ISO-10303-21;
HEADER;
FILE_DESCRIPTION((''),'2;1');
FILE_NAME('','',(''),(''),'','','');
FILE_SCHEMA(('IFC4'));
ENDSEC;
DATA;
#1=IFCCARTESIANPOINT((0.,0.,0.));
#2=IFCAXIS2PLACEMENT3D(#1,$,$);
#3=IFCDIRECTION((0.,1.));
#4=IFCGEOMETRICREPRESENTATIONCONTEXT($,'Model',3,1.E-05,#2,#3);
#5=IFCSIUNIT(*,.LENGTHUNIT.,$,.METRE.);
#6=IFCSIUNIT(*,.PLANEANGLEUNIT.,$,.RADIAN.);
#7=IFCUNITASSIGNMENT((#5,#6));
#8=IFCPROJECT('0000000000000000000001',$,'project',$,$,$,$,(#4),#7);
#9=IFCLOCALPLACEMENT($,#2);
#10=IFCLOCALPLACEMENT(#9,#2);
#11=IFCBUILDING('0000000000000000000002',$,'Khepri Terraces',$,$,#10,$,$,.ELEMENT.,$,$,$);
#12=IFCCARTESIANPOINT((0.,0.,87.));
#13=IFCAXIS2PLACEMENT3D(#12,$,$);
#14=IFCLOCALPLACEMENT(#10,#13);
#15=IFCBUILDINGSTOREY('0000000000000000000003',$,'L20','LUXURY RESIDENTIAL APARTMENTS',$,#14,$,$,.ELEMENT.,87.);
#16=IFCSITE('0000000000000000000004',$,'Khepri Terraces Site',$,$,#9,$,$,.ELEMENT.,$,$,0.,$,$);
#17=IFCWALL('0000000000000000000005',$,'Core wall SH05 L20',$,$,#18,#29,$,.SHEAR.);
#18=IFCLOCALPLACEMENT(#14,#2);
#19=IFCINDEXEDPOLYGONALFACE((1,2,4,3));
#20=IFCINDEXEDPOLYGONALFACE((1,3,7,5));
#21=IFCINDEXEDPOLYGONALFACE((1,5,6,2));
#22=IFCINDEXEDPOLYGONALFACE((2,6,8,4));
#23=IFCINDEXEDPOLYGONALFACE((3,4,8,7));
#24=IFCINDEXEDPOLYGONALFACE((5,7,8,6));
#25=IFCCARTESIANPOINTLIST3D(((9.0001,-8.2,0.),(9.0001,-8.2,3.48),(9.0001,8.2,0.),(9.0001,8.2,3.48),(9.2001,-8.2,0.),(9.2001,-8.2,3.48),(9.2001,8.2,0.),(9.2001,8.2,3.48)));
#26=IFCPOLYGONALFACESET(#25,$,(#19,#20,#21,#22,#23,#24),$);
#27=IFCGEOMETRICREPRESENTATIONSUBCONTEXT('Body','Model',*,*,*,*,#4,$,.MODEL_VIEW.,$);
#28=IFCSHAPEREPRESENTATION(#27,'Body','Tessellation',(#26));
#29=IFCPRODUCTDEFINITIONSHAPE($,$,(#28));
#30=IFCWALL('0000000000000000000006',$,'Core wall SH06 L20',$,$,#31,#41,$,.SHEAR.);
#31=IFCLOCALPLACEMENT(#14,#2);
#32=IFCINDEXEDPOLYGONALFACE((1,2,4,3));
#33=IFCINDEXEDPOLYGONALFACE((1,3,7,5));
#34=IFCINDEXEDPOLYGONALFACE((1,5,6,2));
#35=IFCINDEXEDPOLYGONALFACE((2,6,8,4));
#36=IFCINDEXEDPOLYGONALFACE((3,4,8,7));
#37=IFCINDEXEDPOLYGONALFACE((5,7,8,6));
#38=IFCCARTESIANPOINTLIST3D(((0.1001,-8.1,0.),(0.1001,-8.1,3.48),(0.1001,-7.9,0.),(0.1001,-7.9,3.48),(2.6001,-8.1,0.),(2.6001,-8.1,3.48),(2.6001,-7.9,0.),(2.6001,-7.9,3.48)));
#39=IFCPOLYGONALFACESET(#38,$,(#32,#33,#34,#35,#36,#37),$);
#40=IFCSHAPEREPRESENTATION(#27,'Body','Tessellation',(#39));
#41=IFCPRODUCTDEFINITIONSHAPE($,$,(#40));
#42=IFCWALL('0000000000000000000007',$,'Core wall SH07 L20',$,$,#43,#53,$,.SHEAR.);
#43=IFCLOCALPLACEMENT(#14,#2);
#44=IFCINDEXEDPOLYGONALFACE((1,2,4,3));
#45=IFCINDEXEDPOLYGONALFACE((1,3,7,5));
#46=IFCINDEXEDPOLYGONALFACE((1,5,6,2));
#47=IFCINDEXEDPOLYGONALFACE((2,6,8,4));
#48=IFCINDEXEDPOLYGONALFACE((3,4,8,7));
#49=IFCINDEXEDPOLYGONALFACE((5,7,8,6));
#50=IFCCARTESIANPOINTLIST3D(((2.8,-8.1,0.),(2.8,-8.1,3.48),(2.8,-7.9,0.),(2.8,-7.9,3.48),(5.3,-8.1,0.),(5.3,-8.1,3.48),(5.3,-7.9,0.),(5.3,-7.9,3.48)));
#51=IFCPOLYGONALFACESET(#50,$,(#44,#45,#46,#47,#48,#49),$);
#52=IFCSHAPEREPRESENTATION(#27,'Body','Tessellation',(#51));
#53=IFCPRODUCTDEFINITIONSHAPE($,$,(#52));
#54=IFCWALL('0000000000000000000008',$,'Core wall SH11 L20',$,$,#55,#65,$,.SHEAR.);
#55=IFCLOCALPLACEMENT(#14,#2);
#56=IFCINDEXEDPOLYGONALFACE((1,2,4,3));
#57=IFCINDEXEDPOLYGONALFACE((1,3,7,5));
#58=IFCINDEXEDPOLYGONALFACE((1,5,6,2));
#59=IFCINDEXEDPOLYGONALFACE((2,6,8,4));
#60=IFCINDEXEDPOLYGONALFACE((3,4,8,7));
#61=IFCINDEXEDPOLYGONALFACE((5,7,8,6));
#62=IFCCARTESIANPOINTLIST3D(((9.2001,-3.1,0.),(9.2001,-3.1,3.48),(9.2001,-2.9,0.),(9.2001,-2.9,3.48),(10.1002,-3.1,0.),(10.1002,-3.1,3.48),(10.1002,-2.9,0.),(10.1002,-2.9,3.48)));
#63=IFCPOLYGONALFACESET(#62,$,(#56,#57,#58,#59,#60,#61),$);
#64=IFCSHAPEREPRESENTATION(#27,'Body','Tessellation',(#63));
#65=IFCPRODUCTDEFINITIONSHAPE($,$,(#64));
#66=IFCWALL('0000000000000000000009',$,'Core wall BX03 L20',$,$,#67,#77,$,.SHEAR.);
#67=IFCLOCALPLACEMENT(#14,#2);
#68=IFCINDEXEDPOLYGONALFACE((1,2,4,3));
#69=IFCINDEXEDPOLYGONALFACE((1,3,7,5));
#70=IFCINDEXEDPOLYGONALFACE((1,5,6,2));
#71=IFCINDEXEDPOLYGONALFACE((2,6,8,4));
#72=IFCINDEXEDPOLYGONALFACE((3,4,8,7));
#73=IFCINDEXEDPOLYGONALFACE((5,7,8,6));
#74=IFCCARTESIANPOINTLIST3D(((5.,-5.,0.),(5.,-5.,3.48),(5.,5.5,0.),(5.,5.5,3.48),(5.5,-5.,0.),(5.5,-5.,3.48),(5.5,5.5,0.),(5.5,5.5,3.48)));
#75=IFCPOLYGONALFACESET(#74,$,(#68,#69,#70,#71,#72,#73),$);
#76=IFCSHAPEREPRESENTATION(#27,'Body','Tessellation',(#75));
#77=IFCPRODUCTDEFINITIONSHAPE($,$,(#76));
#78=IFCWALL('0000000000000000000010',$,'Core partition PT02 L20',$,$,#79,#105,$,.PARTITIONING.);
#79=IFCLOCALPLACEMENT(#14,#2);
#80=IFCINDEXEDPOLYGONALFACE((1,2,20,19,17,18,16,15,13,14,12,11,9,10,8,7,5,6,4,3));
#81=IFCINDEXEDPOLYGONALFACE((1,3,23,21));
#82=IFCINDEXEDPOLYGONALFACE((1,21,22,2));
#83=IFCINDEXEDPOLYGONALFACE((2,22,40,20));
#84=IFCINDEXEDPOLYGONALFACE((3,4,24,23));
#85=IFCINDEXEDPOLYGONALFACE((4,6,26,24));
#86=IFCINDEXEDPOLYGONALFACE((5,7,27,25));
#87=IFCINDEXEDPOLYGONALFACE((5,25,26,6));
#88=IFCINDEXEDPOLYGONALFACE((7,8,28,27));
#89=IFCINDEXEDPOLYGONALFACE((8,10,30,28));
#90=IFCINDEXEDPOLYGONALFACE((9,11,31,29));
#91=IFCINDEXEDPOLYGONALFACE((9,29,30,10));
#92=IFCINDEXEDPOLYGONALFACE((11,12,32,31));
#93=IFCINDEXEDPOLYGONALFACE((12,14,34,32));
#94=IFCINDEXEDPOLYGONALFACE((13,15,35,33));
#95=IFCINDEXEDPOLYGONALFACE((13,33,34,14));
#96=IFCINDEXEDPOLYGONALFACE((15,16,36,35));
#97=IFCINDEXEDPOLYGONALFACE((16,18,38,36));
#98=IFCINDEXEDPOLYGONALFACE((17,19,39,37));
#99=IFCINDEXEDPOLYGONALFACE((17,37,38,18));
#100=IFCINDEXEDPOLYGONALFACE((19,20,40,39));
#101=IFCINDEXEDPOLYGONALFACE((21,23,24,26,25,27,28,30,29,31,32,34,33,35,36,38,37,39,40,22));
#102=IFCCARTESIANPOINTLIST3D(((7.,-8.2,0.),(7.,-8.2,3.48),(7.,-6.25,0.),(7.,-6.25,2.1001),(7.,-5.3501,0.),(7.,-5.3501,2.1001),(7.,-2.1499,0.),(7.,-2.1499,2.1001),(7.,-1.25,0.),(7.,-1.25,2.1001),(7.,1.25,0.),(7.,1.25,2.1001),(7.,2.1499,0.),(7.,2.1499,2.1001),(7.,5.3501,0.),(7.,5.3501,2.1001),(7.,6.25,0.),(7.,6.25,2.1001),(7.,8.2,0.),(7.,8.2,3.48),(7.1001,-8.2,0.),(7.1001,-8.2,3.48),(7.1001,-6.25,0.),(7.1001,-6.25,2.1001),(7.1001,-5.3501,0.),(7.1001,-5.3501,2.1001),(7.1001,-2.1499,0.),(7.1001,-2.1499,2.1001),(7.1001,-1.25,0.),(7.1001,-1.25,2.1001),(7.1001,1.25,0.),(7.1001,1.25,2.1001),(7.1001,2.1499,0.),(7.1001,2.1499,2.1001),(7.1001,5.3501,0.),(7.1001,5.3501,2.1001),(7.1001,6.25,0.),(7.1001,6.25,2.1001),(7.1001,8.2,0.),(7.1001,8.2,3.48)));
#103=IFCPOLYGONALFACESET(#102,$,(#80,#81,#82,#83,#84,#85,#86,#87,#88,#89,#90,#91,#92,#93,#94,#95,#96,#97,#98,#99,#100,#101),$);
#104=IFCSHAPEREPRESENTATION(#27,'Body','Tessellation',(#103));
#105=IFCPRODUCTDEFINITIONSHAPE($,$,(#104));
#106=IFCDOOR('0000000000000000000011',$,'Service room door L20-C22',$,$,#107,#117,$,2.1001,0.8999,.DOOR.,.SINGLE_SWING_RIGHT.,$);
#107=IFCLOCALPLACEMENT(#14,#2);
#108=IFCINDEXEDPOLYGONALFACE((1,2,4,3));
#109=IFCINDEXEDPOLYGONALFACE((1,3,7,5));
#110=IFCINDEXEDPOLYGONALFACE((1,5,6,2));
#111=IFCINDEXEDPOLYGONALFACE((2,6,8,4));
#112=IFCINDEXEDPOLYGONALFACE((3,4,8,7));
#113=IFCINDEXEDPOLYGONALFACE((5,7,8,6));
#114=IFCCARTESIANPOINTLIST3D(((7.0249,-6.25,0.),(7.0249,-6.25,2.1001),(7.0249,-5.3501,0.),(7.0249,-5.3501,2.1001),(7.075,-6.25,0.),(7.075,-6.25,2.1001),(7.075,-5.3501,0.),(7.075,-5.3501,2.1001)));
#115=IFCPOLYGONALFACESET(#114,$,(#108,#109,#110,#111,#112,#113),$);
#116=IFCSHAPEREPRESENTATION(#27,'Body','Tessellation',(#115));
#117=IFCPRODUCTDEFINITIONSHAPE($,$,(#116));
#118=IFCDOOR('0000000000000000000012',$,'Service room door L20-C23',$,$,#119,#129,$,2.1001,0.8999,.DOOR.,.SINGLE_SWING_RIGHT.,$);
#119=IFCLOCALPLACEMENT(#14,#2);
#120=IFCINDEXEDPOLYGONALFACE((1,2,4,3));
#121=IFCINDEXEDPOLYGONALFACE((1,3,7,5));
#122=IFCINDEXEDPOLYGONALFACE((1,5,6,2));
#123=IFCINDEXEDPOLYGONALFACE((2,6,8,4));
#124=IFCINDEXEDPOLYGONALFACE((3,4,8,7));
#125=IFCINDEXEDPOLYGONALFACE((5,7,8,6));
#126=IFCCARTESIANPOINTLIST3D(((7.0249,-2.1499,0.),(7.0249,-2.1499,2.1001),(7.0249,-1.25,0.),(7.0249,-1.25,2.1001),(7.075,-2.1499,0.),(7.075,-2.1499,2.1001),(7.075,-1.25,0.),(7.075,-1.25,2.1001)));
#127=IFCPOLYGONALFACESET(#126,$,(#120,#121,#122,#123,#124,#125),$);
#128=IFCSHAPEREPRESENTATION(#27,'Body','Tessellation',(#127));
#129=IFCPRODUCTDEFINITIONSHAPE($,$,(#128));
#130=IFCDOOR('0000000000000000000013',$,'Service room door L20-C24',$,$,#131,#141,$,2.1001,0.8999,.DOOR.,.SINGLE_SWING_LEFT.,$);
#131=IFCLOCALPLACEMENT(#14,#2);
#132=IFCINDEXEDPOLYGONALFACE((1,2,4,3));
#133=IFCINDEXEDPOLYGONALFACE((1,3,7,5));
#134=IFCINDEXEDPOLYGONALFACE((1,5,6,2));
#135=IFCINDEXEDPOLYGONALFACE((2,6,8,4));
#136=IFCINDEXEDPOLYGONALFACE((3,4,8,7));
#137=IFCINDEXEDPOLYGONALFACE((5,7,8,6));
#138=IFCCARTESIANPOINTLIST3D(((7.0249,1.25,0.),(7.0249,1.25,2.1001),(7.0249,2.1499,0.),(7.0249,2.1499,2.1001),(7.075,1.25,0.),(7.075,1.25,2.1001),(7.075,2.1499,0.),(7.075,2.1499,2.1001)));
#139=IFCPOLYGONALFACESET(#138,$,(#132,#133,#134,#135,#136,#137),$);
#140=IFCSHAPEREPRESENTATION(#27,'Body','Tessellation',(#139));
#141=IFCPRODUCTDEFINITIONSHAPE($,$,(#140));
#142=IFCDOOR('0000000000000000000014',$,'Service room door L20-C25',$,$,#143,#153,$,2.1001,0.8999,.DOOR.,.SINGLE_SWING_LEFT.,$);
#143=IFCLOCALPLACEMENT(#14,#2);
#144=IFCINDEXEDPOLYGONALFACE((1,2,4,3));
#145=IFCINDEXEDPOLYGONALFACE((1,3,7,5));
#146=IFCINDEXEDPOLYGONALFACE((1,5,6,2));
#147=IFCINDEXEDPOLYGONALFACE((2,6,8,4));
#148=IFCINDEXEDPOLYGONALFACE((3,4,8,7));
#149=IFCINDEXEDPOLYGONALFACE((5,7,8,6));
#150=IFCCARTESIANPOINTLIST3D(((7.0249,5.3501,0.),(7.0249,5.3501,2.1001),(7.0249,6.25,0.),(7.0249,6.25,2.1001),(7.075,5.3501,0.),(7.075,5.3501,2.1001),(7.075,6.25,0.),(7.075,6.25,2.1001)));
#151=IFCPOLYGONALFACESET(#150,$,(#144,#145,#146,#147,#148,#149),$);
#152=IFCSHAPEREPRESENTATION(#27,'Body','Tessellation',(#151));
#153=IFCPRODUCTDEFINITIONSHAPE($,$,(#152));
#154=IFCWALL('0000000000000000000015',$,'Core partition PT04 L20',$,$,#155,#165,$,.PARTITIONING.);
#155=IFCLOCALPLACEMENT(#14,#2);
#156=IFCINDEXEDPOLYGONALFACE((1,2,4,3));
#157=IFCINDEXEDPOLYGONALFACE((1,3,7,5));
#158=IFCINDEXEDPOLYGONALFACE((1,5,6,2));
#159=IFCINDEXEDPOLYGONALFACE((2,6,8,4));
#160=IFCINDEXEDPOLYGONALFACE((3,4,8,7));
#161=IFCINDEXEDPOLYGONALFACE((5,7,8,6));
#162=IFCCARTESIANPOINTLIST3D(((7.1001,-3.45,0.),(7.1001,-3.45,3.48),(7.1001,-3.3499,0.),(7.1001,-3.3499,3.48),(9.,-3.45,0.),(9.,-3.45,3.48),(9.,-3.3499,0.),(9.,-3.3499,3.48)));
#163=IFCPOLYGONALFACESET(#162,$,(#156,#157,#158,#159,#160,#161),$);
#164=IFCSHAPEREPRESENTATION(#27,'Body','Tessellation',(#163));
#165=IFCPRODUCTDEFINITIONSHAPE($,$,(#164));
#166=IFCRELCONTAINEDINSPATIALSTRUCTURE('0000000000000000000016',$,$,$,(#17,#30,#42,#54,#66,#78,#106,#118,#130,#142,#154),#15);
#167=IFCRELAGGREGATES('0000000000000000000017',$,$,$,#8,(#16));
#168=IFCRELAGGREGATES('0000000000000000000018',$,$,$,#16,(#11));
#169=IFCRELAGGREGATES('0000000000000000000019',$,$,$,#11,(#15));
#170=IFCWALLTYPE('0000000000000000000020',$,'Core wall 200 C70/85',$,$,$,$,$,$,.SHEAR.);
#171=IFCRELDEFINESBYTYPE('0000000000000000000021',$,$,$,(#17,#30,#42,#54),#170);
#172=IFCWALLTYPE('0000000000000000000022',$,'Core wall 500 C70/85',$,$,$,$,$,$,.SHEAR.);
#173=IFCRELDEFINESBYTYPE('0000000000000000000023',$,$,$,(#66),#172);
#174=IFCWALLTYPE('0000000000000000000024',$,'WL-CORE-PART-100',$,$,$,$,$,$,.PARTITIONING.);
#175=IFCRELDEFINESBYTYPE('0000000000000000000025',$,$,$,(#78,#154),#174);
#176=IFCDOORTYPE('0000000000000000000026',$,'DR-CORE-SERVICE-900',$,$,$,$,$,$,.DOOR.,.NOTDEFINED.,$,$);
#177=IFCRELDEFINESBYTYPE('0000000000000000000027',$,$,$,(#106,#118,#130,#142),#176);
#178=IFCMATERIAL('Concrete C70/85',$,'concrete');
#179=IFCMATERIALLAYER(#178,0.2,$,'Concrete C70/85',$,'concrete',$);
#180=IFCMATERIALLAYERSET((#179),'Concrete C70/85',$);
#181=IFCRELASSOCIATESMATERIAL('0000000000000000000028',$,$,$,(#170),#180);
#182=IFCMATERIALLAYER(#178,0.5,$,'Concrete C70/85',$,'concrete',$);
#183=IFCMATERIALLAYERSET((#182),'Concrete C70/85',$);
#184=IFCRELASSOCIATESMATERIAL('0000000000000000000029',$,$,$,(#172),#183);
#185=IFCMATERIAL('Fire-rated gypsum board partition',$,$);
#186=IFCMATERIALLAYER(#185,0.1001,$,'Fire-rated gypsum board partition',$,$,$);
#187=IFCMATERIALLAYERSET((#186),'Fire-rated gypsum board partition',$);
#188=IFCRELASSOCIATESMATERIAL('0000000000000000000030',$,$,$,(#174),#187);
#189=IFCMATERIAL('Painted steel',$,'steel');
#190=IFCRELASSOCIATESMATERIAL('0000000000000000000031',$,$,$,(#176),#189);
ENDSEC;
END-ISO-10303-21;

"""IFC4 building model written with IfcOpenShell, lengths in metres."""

from ifc_helpers import new_model, si_unit, direction, frame, frame_2d, origin, place, context, subcontext, project, spatial, rectangle, extrude, material, layer, layer_set, type_object, element, fill, save


model = new_model("IFC4")

# Units and contexts
model_context = context("Model", 3, precision=1e-05, world=origin(), true_north=direction((0.0, 1.0)))
body_context = subcontext(model_context, "Body", "Model", "MODEL_VIEW")
ifc_project = project(units=[si_unit("LENGTHUNIT", "METRE"), si_unit("PLANEANGLEUNIT", "RADIAN")], contexts=[model_context])

# Site, building, storey
site_placement = place(None, origin())
site = spatial("IfcSite", under=ifc_project, at=site_placement, Name="Khepri Terraces Site", CompositionType="ELEMENT", RefElevation=0.0)
building_placement = place(site_placement, origin())
building = spatial("IfcBuilding", under=site, at=building_placement, Name="Khepri Terraces", CompositionType="ELEMENT")
storey_placement = place(building_placement, frame((0.0, 0.0, 87.0)))
storey = spatial("IfcBuildingStorey", under=building, at=storey_placement, Name="L20", Description="LUXURY RESIDENTIAL APARTMENTS", CompositionType="ELEMENT", Elevation=87.0)

# Shared definitions
ifc_material_1 = material(Name="Concrete C70/85", Category="concrete")

# Shared definitions
ifc_layer_1 = layer(ifc_material_1, 0.2, Name="Concrete C70/85", Category="concrete")
ifc_layer_set_1 = layer_set([ifc_layer_1], Name="Concrete C70/85")
wall_type_1 = type_object("IfcWallType", Name="Core wall 200 C70/85", PredefinedType="SHEAR", material=ifc_layer_set_1)
ifc_material_2 = material(Name="Painted steel", Category="steel")

# Walls
wall_1_placement = place(storey_placement, frame((9.1001, -8.2, 0.0), z_axis=(0.0, 0.0, 1.0), x_axis=(0.0, 1.0, 0.0)))
element("IfcWall", 1, at=wall_1_placement, inside=storey, type_object=wall_type_1, Name="Core wall SH05 L20", PredefinedType="SHEAR", context=body_context, shape_type="SweptSolid", body=[
    extrude(rectangle(XDim=16.3999, YDim=0.2, at=frame_2d((8.2, 0.0))), origin(), (0.0, 0.0, 1.0), 3.48),
])
for number, where, z_axis, x_axis, name in (
    (2, (0.1001, -8.0, 0.0), (0.0, 0.0, 1.0), (1.0, 0.0, 0.0), "Core wall SH06 L20"),
    (3, (2.8, -8.0, 0.0), (0.0, 0.0, 1.0), (1.0, 0.0, 0.0), "Core wall SH07 L20"),
):
    element("IfcWall", number, at=place(storey_placement, frame(where, z_axis=z_axis, x_axis=x_axis)), inside=storey, type_object=wall_type_1, Name=name, PredefinedType="SHEAR", context=body_context, shape_type="SweptSolid", body=[
        extrude(rectangle(XDim=2.5, YDim=0.2, at=frame_2d((1.25, 0.0))), origin(), (0.0, 0.0, 1.0), 3.48),
    ])
wall_2_placement = place(storey_placement, frame((9.2, -3.0, 0.0), z_axis=(0.0, 0.0, 1.0), x_axis=(1.0, 0.0, 0.0)))
element("IfcWall", 4, at=wall_2_placement, inside=storey, type_object=wall_type_1, Name="Core wall SH11 L20", PredefinedType="SHEAR", context=body_context, shape_type="SweptSolid", body=[
    extrude(rectangle(XDim=0.9001, YDim=0.2, at=frame_2d((0.4502, 0.0))), origin(), (0.0, 0.0, 1.0), 3.48),
])
ifc_layer_2 = layer(ifc_material_1, 0.5, Name="Concrete C70/85", Category="concrete")
ifc_layer_set_2 = layer_set([ifc_layer_2], Name="Concrete C70/85")
wall_type_2 = type_object("IfcWallType", Name="Core wall 500 C70/85", PredefinedType="SHEAR", material=ifc_layer_set_2)
wall_3_placement = place(storey_placement, frame((5.25, -5.0, 0.0), z_axis=(0.0, 0.0, 1.0), x_axis=(0.0, 1.0, 0.0)))
element("IfcWall", 5, at=wall_3_placement, inside=storey, type_object=wall_type_2, Name="Core wall BX03 L20", PredefinedType="SHEAR", context=body_context, shape_type="SweptSolid", body=[
    extrude(rectangle(XDim=10.5, YDim=0.5, at=frame_2d((5.25, 0.0))), origin(), (0.0, 0.0, 1.0), 3.48),
])

# Wall, openings, doors
ifc_material_3 = material(Name="Fire-rated gypsum board partition")
ifc_layer_3 = layer(ifc_material_3, 0.1001, Name="Fire-rated gypsum board partition")
ifc_layer_set_3 = layer_set([ifc_layer_3], Name="Fire-rated gypsum board partition")
wall_type_3 = type_object("IfcWallType", Name="WL-CORE-PART-100", PredefinedType="PARTITIONING", material=ifc_layer_set_3)
wall_4_placement = place(storey_placement, frame((7.05, -8.2, 0.0), z_axis=(0.0, 0.0, 1.0), x_axis=(0.0, 1.0, 0.0)))
wall_4 = element("IfcWall", 6, at=wall_4_placement, inside=storey, type_object=wall_type_3, Name="Core partition PT02 L20", PredefinedType="PARTITIONING", context=body_context, shape_type="SweptSolid", body=[
    extrude(rectangle(XDim=16.3999, YDim=0.1001, at=frame_2d((8.2, 0.0))), origin(), (0.0, 0.0, 1.0), 3.48),
])
opening_1_placement = place(wall_4_placement, frame((1.95, 0.0, 0.0)))
opening_1 = element("IfcOpeningElement", 7, at=opening_1_placement, cuts=wall_4, PredefinedType="OPENING", context=body_context, shape_type="SweptSolid", body=[
    extrude(rectangle(XDim=0.8999, YDim=2.1001, at=frame_2d((0.45, 1.05))), frame((0.0, 0.0601, 0.0), z_axis=(0.0, -1.0, 0.0), x_axis=(1.0, 0.0, 0.0)), (0.0, 0.0, 1.0), 0.1201),
])
opening_2_placement = place(wall_4_placement, frame((6.05, 0.0, 0.0)))
opening_2 = element("IfcOpeningElement", 8, at=opening_2_placement, cuts=wall_4, PredefinedType="OPENING", context=body_context, shape_type="SweptSolid", body=[
    extrude(rectangle(XDim=0.8999, YDim=2.1001, at=frame_2d((0.45, 1.05))), frame((0.0, 0.0601, 0.0), z_axis=(0.0, -1.0, 0.0), x_axis=(1.0, 0.0, 0.0)), (0.0, 0.0, 1.0), 0.1201),
])
opening_3_placement = place(wall_4_placement, frame((9.45, 0.0, 0.0)))
opening_3 = element("IfcOpeningElement", 9, at=opening_3_placement, cuts=wall_4, PredefinedType="OPENING", context=body_context, shape_type="SweptSolid", body=[
    extrude(rectangle(XDim=0.8999, YDim=2.1001, at=frame_2d((0.45, 1.05))), frame((0.0, 0.0601, 0.0), z_axis=(0.0, -1.0, 0.0), x_axis=(1.0, 0.0, 0.0)), (0.0, 0.0, 1.0), 0.1201),
])
opening_4_placement = place(wall_4_placement, frame((13.55, 0.0, 0.0)))
opening_4 = element("IfcOpeningElement", 10, at=opening_4_placement, cuts=wall_4, PredefinedType="OPENING", context=body_context, shape_type="SweptSolid", body=[
    extrude(rectangle(XDim=0.8999, YDim=2.1001, at=frame_2d((0.45, 1.05))), frame((0.0, 0.0601, 0.0), z_axis=(0.0, -1.0, 0.0), x_axis=(1.0, 0.0, 0.0)), (0.0, 0.0, 1.0), 0.1201),
])
door_type_1 = type_object("IfcDoorType", Name="DR-CORE-SERVICE-900", OperationType="NOTDEFINED", PredefinedType="DOOR", material=ifc_material_2)
door_1_placement = place(opening_1_placement, frame((0.8999, 0.0, 0.0), z_axis=(0.0, 0.0, 1.0), x_axis=(-1.0, 0.0, 0.0)))
door_1 = element("IfcDoor", 11, at=door_1_placement, inside=storey, type_object=door_type_1, Name="Service room door L20-C22", OperationType="SINGLE_SWING_RIGHT", OverallHeight=2.1001, OverallWidth=0.8999, PredefinedType="DOOR", context=body_context, shape_type="SweptSolid", body=[
    extrude(rectangle(XDim=0.8999, YDim=2.1001, at=frame_2d((0.45, 1.05))), frame((0.0, 0.0249, 0.0), z_axis=(0.0, -1.0, 0.0), x_axis=(1.0, 0.0, 0.0)), (0.0, 0.0, 1.0), 0.05),
])
fill(opening_1, door_1)
door_2_placement = place(opening_2_placement, frame((0.8999, 0.0, 0.0), z_axis=(0.0, 0.0, 1.0), x_axis=(-1.0, 0.0, 0.0)))
door_2 = element("IfcDoor", 12, at=door_2_placement, inside=storey, type_object=door_type_1, Name="Service room door L20-C23", OperationType="SINGLE_SWING_RIGHT", OverallHeight=2.1001, OverallWidth=0.8999, PredefinedType="DOOR", context=body_context, shape_type="SweptSolid", body=[
    extrude(rectangle(XDim=0.8999, YDim=2.1001, at=frame_2d((0.45, 1.05))), frame((0.0, 0.0249, 0.0), z_axis=(0.0, -1.0, 0.0), x_axis=(1.0, 0.0, 0.0)), (0.0, 0.0, 1.0), 0.05),
])
fill(opening_2, door_2)
door_3_placement = place(opening_3_placement, frame((0.8999, 0.0, 0.0), z_axis=(0.0, 0.0, 1.0), x_axis=(-1.0, 0.0, 0.0)))
door_3 = element("IfcDoor", 13, at=door_3_placement, inside=storey, type_object=door_type_1, Name="Service room door L20-C24", OperationType="SINGLE_SWING_LEFT", OverallHeight=2.1001, OverallWidth=0.8999, PredefinedType="DOOR", context=body_context, shape_type="SweptSolid", body=[
    extrude(rectangle(XDim=0.8999, YDim=2.1001, at=frame_2d((0.45, 1.05))), frame((0.0, 0.0249, 0.0), z_axis=(0.0, -1.0, 0.0), x_axis=(1.0, 0.0, 0.0)), (0.0, 0.0, 1.0), 0.05),
])
fill(opening_3, door_3)
door_4_placement = place(opening_4_placement, frame((0.8999, 0.0, 0.0), z_axis=(0.0, 0.0, 1.0), x_axis=(-1.0, 0.0, 0.0)))
door_4 = element("IfcDoor", 14, at=door_4_placement, inside=storey, type_object=door_type_1, Name="Service room door L20-C25", OperationType="SINGLE_SWING_LEFT", OverallHeight=2.1001, OverallWidth=0.8999, PredefinedType="DOOR", context=body_context, shape_type="SweptSolid", body=[
    extrude(rectangle(XDim=0.8999, YDim=2.1001, at=frame_2d((0.45, 1.05))), frame((0.0, 0.0249, 0.0), z_axis=(0.0, -1.0, 0.0), x_axis=(1.0, 0.0, 0.0)), (0.0, 0.0, 1.0), 0.05),
])
fill(opening_4, door_4)

# Wall
wall_5_placement = place(storey_placement, frame((7.1001, -3.3999, 0.0), z_axis=(0.0, 0.0, 1.0), x_axis=(1.0, 0.0, 0.0)))
element("IfcWall", 15, at=wall_5_placement, inside=storey, type_object=wall_type_3, Name="Core partition PT04 L20", PredefinedType="PARTITIONING", context=body_context, shape_type="SweptSolid", body=[
    extrude(rectangle(XDim=1.8999, YDim=0.1001, at=frame_2d((0.95, 0.0))), origin(), (0.0, 0.0, 1.0), 3.48),
])

save(model, "model.ifc")
